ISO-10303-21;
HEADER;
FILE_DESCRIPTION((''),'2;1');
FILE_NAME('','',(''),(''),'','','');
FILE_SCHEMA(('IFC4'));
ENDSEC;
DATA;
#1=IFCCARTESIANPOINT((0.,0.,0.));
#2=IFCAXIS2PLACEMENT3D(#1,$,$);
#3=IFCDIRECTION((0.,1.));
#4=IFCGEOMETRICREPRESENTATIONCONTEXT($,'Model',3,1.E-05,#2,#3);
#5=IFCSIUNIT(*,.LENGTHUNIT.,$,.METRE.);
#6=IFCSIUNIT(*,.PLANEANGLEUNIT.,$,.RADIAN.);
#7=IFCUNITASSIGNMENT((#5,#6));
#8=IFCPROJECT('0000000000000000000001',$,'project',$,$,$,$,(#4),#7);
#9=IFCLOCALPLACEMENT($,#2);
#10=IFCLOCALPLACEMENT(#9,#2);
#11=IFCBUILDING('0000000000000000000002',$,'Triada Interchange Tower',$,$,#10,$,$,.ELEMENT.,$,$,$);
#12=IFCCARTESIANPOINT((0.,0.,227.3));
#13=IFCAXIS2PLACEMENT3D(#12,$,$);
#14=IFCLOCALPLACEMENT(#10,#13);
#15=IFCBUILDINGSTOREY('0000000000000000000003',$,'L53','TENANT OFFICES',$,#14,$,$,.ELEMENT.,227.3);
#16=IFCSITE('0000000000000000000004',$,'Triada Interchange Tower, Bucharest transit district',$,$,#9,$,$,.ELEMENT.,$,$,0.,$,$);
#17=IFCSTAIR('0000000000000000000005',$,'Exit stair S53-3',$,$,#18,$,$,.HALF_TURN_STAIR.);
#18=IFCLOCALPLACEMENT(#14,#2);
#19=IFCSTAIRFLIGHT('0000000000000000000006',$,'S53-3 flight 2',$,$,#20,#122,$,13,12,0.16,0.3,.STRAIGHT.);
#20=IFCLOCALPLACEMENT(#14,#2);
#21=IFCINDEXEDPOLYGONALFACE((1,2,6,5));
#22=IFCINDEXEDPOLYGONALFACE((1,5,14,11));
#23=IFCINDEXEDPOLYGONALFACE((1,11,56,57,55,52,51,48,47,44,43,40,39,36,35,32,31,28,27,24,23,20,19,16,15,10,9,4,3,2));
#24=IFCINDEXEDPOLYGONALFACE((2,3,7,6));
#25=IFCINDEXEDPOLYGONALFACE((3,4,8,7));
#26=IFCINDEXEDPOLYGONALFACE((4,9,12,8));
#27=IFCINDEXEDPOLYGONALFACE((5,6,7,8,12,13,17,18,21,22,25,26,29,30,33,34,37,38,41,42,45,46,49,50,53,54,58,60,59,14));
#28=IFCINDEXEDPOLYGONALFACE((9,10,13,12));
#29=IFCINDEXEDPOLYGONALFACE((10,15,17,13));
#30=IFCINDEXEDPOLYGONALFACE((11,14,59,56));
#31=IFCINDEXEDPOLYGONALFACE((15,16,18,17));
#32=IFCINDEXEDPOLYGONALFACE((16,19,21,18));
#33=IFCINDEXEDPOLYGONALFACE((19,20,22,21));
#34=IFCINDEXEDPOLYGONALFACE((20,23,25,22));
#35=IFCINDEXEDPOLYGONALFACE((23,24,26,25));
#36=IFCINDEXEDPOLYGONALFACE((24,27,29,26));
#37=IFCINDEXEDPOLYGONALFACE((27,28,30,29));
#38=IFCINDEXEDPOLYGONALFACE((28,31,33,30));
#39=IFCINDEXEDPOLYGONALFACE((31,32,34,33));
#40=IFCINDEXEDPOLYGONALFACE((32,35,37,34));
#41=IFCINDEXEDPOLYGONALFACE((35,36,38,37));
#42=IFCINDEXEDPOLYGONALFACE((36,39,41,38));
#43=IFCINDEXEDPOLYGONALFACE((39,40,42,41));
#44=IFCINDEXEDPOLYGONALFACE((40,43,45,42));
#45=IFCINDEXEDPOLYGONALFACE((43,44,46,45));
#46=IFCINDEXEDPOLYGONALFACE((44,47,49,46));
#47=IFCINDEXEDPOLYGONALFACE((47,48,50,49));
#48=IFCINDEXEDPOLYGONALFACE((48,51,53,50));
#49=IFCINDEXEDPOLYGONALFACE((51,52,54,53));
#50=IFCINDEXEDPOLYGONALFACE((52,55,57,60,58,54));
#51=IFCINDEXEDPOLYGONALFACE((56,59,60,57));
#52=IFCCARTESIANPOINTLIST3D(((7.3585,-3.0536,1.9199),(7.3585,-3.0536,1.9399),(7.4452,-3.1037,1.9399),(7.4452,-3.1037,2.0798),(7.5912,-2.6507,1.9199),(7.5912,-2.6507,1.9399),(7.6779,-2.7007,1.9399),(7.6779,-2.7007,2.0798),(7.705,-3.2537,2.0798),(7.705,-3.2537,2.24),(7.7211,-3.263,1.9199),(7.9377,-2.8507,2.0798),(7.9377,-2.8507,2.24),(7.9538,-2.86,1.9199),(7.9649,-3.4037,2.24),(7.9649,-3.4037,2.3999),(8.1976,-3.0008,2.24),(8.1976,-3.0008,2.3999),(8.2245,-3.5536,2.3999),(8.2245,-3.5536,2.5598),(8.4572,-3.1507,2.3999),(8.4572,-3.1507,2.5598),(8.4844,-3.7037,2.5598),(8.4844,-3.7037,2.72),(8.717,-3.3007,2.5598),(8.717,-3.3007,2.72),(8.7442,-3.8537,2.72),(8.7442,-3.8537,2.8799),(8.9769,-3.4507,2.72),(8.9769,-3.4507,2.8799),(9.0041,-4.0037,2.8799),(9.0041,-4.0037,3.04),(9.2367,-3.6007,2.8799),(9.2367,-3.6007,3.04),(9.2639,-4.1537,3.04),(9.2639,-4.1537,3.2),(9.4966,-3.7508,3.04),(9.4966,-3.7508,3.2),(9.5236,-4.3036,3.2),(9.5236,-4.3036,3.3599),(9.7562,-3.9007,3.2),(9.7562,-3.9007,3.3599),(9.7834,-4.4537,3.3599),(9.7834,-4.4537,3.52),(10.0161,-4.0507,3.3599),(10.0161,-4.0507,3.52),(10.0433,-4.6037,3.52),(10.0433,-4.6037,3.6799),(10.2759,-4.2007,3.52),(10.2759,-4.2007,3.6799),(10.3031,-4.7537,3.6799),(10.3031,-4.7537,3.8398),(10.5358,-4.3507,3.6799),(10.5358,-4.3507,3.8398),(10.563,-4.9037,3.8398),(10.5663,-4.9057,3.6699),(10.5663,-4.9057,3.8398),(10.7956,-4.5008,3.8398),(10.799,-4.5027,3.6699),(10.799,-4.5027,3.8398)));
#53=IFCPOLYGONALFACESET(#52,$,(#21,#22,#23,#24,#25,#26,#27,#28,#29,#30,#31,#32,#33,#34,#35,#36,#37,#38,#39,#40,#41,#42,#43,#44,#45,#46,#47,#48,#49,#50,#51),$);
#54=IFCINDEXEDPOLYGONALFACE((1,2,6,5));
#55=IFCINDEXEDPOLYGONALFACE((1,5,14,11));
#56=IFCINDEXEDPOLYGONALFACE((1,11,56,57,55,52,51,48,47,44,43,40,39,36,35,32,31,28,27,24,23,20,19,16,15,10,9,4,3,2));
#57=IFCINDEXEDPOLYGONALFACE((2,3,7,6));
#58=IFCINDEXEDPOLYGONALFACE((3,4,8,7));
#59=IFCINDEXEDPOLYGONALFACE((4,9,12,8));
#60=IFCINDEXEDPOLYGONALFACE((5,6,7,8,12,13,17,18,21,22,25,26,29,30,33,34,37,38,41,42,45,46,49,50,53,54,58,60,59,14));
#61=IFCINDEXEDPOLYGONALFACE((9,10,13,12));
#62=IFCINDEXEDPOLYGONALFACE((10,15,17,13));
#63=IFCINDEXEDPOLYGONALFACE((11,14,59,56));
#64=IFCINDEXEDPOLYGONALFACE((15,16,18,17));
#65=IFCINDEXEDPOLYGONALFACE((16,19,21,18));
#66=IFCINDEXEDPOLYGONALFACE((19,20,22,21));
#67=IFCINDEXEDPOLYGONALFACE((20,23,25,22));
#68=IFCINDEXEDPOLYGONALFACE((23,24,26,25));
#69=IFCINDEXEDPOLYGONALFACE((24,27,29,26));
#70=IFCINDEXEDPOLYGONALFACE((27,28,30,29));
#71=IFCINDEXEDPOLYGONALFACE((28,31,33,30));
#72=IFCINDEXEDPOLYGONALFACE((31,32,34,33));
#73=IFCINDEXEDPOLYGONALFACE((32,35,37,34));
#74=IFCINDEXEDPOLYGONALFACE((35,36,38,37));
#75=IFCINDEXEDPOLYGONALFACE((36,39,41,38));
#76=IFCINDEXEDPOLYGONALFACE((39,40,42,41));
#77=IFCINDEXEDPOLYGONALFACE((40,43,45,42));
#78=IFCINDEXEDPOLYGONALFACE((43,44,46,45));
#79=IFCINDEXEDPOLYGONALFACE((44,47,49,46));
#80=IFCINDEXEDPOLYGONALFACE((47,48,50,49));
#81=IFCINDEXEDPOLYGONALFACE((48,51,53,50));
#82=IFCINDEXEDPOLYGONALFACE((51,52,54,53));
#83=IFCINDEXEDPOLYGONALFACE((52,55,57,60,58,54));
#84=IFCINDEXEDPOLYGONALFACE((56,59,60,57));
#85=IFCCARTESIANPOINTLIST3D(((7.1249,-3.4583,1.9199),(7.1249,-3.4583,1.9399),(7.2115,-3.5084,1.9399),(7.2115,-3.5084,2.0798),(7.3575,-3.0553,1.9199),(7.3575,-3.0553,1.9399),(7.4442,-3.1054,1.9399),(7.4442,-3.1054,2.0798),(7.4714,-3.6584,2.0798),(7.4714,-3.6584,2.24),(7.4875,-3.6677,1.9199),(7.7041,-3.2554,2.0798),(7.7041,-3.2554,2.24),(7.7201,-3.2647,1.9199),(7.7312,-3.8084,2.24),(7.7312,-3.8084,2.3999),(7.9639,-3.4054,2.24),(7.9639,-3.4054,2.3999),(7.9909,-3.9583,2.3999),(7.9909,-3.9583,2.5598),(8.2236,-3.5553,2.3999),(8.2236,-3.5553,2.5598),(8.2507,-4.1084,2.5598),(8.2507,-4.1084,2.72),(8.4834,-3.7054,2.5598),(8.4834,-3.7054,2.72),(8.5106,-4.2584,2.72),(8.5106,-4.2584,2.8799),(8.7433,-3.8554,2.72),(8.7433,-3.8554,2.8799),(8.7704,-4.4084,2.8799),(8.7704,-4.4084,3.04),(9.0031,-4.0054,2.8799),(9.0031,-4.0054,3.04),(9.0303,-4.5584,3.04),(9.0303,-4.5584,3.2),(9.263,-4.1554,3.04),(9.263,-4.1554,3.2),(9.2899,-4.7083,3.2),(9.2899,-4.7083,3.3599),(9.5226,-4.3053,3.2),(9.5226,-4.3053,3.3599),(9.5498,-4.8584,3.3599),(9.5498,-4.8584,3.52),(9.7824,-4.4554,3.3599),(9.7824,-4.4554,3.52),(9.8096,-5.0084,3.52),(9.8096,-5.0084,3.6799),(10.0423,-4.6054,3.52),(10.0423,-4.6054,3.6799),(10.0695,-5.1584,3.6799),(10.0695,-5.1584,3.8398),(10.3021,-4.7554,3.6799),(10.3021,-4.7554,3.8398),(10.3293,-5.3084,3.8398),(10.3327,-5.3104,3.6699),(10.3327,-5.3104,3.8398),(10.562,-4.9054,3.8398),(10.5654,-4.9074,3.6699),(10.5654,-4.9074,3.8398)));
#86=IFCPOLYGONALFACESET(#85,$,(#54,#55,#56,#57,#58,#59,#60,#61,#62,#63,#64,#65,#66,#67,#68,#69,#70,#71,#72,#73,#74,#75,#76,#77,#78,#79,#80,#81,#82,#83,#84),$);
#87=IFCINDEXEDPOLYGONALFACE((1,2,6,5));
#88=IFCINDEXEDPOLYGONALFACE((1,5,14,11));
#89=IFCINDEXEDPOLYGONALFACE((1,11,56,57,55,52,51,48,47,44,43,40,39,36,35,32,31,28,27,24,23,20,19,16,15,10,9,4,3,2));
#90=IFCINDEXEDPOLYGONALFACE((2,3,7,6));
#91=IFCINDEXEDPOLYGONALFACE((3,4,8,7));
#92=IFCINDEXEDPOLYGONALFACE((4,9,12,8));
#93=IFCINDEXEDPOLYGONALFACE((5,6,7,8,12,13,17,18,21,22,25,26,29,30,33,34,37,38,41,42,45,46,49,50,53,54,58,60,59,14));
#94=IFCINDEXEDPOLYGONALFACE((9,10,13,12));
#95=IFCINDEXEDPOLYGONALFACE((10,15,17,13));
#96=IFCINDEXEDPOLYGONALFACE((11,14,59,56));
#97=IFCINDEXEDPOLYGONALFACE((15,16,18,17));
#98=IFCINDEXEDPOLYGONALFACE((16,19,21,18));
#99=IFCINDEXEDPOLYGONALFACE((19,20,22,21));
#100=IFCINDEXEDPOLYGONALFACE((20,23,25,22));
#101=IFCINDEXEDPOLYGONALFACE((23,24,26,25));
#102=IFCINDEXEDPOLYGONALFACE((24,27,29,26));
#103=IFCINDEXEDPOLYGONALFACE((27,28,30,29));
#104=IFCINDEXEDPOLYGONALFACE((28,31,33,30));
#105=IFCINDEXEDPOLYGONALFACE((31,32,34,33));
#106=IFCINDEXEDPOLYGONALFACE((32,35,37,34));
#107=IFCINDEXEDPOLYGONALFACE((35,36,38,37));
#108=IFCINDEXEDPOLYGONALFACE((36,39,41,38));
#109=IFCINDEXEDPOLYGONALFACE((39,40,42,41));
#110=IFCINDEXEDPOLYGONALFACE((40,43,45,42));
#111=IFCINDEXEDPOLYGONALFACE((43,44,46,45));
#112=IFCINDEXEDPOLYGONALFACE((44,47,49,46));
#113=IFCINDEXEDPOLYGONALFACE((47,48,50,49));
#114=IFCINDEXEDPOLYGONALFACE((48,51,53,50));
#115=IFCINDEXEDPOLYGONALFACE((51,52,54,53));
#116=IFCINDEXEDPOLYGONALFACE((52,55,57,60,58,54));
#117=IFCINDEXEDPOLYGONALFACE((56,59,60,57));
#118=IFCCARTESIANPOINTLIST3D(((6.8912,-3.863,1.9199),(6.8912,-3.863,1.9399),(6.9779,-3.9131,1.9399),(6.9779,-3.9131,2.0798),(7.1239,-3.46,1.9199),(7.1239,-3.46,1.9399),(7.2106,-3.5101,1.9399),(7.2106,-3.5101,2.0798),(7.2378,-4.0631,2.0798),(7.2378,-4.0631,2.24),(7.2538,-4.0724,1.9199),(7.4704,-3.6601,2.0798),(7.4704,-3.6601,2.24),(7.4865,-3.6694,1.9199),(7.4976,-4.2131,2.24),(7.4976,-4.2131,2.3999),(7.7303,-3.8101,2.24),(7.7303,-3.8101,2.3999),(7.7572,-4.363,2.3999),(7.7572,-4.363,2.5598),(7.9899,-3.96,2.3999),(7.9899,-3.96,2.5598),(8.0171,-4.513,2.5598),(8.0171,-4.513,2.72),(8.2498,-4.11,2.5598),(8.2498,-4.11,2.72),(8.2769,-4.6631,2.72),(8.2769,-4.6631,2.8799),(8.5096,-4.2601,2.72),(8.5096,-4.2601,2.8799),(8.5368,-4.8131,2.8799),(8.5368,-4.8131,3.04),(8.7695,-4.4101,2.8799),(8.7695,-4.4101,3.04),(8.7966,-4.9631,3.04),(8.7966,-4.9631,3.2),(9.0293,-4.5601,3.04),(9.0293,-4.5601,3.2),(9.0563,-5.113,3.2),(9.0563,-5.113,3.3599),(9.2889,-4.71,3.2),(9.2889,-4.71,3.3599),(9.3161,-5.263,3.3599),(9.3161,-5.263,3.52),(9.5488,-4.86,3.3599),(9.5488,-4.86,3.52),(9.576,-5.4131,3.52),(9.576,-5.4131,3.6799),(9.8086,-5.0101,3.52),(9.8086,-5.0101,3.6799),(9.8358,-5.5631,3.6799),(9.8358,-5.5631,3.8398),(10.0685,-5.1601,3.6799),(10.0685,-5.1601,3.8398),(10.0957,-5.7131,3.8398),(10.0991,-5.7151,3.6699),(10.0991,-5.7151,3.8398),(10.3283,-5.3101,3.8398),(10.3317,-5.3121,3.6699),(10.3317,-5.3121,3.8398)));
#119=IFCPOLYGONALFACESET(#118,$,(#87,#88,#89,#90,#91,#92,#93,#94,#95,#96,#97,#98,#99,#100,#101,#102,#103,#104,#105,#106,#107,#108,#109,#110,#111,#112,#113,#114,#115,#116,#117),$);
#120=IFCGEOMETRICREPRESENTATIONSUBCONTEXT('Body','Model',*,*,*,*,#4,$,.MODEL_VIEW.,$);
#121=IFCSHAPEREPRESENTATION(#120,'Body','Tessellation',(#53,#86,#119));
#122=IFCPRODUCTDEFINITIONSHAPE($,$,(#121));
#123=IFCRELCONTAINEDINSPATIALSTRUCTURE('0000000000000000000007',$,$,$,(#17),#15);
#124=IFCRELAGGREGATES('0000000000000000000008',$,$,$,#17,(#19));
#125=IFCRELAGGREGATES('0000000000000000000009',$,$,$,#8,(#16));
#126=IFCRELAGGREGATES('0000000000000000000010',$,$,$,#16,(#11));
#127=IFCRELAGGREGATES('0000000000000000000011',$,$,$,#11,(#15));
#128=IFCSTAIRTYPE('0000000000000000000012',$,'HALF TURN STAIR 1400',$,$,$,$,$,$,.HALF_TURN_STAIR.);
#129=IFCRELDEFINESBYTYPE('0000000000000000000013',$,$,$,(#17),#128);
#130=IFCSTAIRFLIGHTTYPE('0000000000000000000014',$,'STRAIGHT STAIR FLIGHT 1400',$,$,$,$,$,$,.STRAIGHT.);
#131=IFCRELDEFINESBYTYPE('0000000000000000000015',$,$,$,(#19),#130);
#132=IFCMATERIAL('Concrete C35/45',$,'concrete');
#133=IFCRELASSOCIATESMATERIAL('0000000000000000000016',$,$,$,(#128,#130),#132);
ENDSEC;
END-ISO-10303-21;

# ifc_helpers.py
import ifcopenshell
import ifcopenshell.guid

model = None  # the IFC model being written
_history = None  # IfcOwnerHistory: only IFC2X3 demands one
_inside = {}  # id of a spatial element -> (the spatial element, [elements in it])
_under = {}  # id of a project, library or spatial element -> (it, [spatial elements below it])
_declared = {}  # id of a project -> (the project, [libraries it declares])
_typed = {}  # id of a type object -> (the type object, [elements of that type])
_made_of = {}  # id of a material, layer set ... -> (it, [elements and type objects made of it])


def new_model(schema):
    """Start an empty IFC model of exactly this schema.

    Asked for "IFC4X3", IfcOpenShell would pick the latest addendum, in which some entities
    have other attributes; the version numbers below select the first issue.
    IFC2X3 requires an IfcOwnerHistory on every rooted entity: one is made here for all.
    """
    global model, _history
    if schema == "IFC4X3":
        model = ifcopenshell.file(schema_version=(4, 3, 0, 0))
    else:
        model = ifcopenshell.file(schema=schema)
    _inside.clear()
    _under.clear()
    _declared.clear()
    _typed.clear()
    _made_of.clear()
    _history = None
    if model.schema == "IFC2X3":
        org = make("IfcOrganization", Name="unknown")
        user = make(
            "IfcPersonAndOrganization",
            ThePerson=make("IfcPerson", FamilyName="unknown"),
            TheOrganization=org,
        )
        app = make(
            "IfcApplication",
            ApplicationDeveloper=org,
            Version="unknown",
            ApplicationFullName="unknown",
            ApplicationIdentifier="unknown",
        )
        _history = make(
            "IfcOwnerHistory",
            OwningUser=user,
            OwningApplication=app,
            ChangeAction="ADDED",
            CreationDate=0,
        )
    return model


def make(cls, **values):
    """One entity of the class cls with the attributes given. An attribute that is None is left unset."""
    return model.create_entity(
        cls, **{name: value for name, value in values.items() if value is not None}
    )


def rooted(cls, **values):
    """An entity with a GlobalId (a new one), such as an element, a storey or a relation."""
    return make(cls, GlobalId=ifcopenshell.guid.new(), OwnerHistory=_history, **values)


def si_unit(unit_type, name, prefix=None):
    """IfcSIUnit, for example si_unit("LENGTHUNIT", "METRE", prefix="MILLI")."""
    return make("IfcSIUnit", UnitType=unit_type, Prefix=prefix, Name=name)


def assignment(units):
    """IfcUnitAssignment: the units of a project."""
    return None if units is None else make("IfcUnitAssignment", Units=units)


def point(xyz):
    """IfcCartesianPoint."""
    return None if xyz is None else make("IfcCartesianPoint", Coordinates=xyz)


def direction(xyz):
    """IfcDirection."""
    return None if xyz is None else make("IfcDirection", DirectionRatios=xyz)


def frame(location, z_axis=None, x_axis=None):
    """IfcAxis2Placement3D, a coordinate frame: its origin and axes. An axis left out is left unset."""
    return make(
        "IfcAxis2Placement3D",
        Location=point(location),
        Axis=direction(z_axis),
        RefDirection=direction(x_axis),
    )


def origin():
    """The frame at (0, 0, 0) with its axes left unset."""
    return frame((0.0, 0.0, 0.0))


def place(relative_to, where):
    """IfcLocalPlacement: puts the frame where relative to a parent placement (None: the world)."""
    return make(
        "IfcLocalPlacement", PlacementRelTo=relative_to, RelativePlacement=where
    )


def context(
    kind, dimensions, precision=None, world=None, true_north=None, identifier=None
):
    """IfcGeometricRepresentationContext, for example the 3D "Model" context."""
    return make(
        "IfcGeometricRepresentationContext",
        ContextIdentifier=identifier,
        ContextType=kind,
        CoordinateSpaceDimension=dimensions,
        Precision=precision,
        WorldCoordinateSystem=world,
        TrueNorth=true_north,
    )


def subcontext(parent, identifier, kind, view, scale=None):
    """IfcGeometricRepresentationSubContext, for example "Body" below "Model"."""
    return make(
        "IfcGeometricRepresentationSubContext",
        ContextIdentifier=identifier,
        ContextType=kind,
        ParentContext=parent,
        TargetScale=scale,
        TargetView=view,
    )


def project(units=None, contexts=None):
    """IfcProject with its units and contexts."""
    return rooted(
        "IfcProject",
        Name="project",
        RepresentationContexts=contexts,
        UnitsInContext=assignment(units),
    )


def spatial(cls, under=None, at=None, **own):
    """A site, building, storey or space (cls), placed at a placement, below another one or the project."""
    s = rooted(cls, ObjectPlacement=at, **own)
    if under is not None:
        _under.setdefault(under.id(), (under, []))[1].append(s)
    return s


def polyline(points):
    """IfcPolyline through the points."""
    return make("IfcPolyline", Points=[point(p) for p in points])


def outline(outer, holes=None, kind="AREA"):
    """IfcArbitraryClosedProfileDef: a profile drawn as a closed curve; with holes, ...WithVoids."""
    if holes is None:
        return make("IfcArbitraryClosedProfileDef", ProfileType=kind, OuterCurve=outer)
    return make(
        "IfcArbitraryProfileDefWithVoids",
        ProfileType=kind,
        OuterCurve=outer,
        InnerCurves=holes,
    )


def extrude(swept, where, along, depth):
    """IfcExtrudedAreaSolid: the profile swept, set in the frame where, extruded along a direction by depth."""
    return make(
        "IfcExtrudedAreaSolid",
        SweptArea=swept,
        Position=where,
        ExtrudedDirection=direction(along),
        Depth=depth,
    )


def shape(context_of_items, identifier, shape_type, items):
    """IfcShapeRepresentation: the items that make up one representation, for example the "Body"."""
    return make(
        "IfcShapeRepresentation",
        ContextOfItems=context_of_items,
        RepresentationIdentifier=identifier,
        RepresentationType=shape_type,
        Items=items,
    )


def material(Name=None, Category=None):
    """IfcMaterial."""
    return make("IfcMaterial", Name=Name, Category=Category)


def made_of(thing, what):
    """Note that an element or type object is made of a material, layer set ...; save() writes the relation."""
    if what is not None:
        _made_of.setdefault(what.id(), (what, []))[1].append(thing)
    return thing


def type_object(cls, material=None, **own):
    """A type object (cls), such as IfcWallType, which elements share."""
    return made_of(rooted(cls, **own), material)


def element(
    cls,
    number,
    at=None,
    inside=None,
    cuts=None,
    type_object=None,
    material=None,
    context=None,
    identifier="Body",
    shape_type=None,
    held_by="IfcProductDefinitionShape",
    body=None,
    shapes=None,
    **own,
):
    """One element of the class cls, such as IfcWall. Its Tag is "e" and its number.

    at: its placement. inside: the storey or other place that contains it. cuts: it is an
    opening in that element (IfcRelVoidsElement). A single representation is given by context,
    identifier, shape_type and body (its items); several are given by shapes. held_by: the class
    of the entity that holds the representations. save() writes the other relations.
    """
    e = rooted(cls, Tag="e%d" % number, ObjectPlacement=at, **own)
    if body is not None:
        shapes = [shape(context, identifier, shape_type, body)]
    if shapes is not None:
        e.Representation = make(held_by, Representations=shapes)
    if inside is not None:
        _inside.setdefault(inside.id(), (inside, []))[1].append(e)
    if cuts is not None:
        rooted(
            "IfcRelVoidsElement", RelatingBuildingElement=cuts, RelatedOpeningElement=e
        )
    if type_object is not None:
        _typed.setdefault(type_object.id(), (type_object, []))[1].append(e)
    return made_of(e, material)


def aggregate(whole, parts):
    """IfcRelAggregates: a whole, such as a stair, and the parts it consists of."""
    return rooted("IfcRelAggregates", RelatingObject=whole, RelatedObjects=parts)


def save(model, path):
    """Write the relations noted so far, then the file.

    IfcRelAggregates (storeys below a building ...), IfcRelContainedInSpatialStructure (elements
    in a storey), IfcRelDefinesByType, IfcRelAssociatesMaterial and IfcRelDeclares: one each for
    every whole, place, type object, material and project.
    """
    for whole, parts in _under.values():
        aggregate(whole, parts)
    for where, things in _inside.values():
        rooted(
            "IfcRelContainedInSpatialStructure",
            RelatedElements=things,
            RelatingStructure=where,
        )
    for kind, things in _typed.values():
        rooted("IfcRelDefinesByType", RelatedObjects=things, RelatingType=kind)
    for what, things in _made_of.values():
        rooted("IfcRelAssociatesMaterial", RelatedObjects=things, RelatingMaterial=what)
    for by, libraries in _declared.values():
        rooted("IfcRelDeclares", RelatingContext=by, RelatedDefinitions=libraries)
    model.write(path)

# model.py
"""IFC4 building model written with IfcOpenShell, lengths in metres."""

from ifc_helpers import new_model, si_unit, direction, frame, origin, place, context, subcontext, project, spatial, polyline, outline, extrude, material, type_object, element, aggregate, save


model = new_model("IFC4")

# Units and contexts
model_context = context("Model", 3, precision=1e-05, world=origin(), true_north=direction((0.0, 1.0)))
body_context = subcontext(model_context, "Body", "Model", "MODEL_VIEW")
ifc_project = project(units=[si_unit("LENGTHUNIT", "METRE"), si_unit("PLANEANGLEUNIT", "RADIAN")], contexts=[model_context])

# Site, building, storey
site_placement = place(None, origin())
site = spatial("IfcSite", under=ifc_project, at=site_placement, Name="Triada Interchange Tower, Bucharest transit district", CompositionType="ELEMENT", RefElevation=0.0)
building_placement = place(site_placement, origin())
building = spatial("IfcBuilding", under=site, at=building_placement, Name="Triada Interchange Tower", CompositionType="ELEMENT")
storey_placement = place(building_placement, frame((0.0, 0.0, 227.3)))
storey = spatial("IfcBuildingStorey", under=building, at=storey_placement, Name="L53", Description="TENANT OFFICES", CompositionType="ELEMENT", Elevation=227.3)

# Stair, stair flight
ifc_material_1 = material(Name="Concrete C35/45", Category="concrete")
stair_type = type_object("IfcStairType", Name="HALF TURN STAIR 1400", PredefinedType="HALF_TURN_STAIR", material=ifc_material_1)
stair_placement = place(storey_placement, origin())
stair = element("IfcStair", 1, at=stair_placement, inside=storey, type_object=stair_type, Name="Exit stair S53-3", PredefinedType="HALF_TURN_STAIR")
stair_flight_type = type_object("IfcStairFlightType", Name="STRAIGHT STAIR FLIGHT 1400", PredefinedType="STRAIGHT", material=ifc_material_1)
stair_flight_1_placement = place(storey_placement, frame((7.3279, -3.3069, 1.9199), z_axis=(0.0, 0.0, 1.0), x_axis=(0.866025, -0.5, 0.0)))
stair_flight_1 = element("IfcStairFlight", 2, at=stair_flight_1_placement, type_object=stair_flight_type, Name="S53-3 flight 2", NumberOfRisers=13, NumberOfTreads=12, PredefinedType="STRAIGHT", RiserHeight=0.16, TreadLength=0.3, context=body_context, shape_type="SweptSolid", body=[
    extrude(outline(polyline([(-0.1001, 0.0), (-0.1001, 0.02), (0.0, 0.02), (0.0, 0.1599), (0.3, 0.1599), (0.3, 0.3201), (0.6001, 0.3201), (0.6001, 0.48), (0.8999, 0.48), (0.8999, 0.6399), (1.2, 0.6399), (1.2, 0.8), (1.5, 0.8), (1.5, 0.96), (1.8, 0.96), (1.8, 1.1201), (2.1001, 1.1201), (2.1001, 1.28), (2.3999, 1.28), (2.3999, 1.4399), (2.7, 1.4399), (2.7, 1.6001), (3.0, 1.6001), (3.0, 1.76), (3.3, 1.76), (3.3, 1.9199), (3.6001, 1.9199), (3.604, 1.9199), (3.604, 2.0801), (3.604, 1.75), (0.3186, 0.0), (-0.1001, 0.0)])), frame((0.0, 0.7, 0.0), z_axis=(0.0, -1.0, 0.0), x_axis=(1.0, 0.0, 0.0)), (0.0, 0.0, 1.0), 0.4653),
    extrude(outline(polyline([(-0.1001, 0.0), (-0.1001, 0.02), (0.0, 0.02), (0.0, 0.1599), (0.3, 0.1599), (0.3, 0.3201), (0.6001, 0.3201), (0.6001, 0.48), (0.8999, 0.48), (0.8999, 0.6399), (1.2, 0.6399), (1.2, 0.8), (1.5, 0.8), (1.5, 0.96), (1.8, 0.96), (1.8, 1.1201), (2.1001, 1.1201), (2.1001, 1.28), (2.3999, 1.28), (2.3999, 1.4399), (2.7, 1.4399), (2.7, 1.6001), (3.0, 1.6001), (3.0, 1.76), (3.3, 1.76), (3.3, 1.9199), (3.6001, 1.9199), (3.604, 1.9199), (3.604, 2.0801), (3.604, 1.75), (0.3186, 0.0), (-0.1001, 0.0)])), frame((0.0, 0.2327, 0.0), z_axis=(0.0, -1.0, 0.0), x_axis=(1.0, 0.0, 0.0)), (0.0, 0.0, 1.0), 0.4653),
    extrude(outline(polyline([(-0.1001, 0.0), (-0.1001, 0.02), (0.0, 0.02), (0.0, 0.1599), (0.3, 0.1599), (0.3, 0.3201), (0.6001, 0.3201), (0.6001, 0.48), (0.8999, 0.48), (0.8999, 0.6399), (1.2, 0.6399), (1.2, 0.8), (1.5, 0.8), (1.5, 0.96), (1.8, 0.96), (1.8, 1.1201), (2.1001, 1.1201), (2.1001, 1.28), (2.3999, 1.28), (2.3999, 1.4399), (2.7, 1.4399), (2.7, 1.6001), (3.0, 1.6001), (3.0, 1.76), (3.3, 1.76), (3.3, 1.9199), (3.6001, 1.9199), (3.604, 1.9199), (3.604, 2.0801), (3.604, 1.75), (0.3186, 0.0), (-0.1001, 0.0)])), frame((0.0, -0.2346, 0.0), z_axis=(0.0, -1.0, 0.0), x_axis=(1.0, 0.0, 0.0)), (0.0, 0.0, 1.0), 0.4653),
])
aggregate(stair, [stair_flight_1])

save(model, "model.ifc")
